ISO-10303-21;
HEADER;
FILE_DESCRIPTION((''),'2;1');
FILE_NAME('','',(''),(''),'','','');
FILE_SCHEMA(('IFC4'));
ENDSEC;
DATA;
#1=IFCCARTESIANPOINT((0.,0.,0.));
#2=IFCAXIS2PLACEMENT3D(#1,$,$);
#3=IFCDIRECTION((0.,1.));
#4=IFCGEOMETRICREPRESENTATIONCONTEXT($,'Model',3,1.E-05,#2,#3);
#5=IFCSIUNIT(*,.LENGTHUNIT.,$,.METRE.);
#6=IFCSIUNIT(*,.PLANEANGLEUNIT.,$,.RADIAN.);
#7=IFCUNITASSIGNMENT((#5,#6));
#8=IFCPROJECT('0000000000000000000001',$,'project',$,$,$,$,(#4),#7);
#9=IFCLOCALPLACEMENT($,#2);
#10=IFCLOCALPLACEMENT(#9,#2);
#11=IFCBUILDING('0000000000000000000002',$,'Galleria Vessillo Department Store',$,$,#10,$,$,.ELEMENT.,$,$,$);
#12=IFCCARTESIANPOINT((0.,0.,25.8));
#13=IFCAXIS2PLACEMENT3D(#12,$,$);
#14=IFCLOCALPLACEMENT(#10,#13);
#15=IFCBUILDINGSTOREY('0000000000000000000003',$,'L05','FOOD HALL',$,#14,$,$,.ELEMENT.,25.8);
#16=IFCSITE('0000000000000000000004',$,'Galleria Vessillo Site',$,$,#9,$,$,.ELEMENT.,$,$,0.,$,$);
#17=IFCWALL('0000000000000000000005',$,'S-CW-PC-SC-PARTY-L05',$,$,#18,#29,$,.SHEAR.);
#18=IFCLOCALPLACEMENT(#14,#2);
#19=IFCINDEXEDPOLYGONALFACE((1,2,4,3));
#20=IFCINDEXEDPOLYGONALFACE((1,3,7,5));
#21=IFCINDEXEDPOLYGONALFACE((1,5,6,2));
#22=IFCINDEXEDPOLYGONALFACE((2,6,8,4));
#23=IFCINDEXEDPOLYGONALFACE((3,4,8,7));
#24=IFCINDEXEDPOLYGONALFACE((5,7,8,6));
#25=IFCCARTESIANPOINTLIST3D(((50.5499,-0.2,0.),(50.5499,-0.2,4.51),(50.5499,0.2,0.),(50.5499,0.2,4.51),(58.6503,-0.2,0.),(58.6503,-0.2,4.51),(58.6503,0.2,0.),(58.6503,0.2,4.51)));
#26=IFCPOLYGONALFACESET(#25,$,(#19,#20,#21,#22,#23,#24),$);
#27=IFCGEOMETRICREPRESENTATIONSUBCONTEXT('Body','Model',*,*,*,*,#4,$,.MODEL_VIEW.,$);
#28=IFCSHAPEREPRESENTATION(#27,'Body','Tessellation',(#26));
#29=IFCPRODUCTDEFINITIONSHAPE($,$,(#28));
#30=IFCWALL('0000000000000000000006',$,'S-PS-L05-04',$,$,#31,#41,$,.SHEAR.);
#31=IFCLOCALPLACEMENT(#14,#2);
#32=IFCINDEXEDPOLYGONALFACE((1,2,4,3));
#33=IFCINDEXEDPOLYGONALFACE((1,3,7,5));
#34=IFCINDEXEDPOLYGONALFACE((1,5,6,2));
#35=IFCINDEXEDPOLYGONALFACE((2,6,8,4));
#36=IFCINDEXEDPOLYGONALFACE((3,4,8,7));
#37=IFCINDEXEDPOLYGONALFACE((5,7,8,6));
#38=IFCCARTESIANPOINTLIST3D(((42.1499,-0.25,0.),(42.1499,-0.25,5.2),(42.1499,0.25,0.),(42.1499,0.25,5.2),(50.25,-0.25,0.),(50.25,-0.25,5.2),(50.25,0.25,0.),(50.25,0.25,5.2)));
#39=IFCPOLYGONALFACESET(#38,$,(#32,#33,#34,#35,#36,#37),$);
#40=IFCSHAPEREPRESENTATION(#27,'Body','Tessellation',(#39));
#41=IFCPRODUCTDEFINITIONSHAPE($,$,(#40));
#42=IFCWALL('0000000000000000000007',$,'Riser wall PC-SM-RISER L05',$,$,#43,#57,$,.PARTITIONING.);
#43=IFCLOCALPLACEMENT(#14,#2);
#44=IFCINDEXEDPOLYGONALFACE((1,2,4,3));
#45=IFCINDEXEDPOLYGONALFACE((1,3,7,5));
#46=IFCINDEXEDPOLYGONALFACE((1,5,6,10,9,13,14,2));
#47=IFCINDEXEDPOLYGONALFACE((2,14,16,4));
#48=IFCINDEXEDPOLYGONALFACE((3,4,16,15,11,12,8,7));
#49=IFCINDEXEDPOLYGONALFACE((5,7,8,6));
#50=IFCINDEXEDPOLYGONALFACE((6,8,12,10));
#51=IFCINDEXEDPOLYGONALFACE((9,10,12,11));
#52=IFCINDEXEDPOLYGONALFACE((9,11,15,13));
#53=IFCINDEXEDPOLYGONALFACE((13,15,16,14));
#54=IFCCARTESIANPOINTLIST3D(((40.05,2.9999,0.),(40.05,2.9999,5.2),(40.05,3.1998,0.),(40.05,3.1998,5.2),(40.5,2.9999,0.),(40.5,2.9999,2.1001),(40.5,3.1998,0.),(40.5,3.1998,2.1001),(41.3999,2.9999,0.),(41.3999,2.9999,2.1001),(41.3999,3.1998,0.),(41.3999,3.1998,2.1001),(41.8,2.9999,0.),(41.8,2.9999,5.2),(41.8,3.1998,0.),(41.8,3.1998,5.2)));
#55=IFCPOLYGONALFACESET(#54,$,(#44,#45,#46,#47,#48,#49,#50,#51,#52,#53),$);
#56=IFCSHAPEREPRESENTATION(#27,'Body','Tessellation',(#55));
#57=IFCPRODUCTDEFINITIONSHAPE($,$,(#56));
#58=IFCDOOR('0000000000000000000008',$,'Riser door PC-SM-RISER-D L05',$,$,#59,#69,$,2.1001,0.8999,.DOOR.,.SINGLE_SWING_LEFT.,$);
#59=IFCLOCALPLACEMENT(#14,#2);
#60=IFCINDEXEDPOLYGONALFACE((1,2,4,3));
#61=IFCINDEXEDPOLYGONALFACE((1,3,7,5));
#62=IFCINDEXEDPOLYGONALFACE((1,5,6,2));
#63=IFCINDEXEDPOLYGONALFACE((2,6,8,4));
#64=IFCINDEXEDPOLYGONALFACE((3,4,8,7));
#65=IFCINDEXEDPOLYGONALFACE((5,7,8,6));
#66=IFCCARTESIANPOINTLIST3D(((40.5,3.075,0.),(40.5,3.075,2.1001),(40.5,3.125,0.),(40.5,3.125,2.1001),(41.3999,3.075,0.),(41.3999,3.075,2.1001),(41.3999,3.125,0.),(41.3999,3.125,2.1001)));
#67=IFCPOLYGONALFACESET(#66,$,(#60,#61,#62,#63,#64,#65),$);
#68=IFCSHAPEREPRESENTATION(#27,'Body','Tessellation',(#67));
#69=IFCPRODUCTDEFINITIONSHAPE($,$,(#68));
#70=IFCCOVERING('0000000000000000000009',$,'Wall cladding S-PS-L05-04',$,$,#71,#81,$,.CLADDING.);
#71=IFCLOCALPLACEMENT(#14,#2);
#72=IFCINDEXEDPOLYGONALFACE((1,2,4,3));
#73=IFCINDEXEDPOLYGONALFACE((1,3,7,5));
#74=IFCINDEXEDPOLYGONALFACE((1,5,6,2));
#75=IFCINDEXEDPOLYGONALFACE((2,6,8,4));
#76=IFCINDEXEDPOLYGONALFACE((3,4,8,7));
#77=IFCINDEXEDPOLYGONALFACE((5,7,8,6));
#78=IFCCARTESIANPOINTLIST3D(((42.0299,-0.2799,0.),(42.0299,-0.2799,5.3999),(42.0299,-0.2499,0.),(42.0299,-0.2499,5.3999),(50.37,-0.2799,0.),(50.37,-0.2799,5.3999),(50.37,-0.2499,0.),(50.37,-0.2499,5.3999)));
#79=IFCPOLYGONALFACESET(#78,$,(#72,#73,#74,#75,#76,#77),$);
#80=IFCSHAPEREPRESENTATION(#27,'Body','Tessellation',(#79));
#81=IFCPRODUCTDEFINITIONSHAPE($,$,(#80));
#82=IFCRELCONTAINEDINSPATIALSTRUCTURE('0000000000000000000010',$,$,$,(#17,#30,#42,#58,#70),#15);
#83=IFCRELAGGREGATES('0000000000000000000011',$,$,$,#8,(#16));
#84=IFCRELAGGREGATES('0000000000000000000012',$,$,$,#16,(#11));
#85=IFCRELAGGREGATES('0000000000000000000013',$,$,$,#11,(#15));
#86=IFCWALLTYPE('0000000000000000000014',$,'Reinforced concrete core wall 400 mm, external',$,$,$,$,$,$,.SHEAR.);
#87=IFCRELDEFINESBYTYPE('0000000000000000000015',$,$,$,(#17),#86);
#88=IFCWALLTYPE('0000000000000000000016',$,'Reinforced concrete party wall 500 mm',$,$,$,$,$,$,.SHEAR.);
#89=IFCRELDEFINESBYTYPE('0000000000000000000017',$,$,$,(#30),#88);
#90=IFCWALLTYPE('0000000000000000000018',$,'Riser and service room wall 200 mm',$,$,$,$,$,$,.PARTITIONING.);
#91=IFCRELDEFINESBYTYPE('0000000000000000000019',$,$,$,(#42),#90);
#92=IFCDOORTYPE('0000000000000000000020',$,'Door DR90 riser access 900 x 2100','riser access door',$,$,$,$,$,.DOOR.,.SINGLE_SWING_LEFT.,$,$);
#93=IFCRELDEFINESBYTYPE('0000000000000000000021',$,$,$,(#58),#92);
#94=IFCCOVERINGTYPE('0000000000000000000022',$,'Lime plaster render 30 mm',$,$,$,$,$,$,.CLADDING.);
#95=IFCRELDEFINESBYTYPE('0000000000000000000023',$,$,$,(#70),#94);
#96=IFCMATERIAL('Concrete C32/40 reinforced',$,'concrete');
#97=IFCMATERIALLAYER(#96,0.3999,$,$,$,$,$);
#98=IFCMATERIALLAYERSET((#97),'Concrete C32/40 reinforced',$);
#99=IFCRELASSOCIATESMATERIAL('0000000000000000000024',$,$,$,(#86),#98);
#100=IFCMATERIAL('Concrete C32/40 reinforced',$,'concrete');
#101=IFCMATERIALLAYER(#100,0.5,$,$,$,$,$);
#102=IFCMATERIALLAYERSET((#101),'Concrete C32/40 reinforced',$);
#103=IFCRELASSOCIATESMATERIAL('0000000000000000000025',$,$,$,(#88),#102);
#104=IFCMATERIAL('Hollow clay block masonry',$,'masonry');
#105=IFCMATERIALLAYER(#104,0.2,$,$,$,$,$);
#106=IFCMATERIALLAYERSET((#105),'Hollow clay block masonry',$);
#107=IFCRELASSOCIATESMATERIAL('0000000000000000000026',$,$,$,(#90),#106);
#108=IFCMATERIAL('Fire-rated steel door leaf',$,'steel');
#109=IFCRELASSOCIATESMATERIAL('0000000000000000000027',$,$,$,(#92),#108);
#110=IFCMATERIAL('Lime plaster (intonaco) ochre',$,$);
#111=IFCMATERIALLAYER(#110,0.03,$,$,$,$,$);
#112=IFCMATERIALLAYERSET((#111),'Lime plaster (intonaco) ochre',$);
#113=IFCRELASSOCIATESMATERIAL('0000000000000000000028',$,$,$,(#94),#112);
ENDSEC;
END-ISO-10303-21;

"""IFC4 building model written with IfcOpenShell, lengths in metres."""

from ifc_helpers import new_model, si_unit, direction, frame, frame_2d, origin, origin_2d, place, context, subcontext, project, spatial, rectangle, extrude, material, layer, layer_set, type_object, element, fill, save


model = new_model("IFC4")

# Units and contexts
model_context = context("Model", 3, precision=1e-05, world=origin(), true_north=direction((0.0, 1.0)))
body_context = subcontext(model_context, "Body", "Model", "MODEL_VIEW")
ifc_project = project(units=[si_unit("LENGTHUNIT", "METRE"), si_unit("PLANEANGLEUNIT", "RADIAN")], contexts=[model_context])

# Site, building, storey
site_placement = place(None, origin())
site = spatial("IfcSite", under=ifc_project, at=site_placement, Name="Galleria Vessillo Site", CompositionType="ELEMENT", RefElevation=0.0)
building_placement = place(site_placement, origin())
building = spatial("IfcBuilding", under=site, at=building_placement, Name="Galleria Vessillo Department Store", CompositionType="ELEMENT")
storey_placement = place(building_placement, frame((0.0, 0.0, 25.8)))
storey = spatial("IfcBuildingStorey", under=building, at=storey_placement, Name="L05", Description="FOOD HALL", CompositionType="ELEMENT", Elevation=25.8)

# Walls
ifc_material_1 = material(Name="Concrete C32/40 reinforced", Category="concrete")
ifc_layer_1 = layer(ifc_material_1, 0.3999)
ifc_layer_set_1 = layer_set([ifc_layer_1], Name="Concrete C32/40 reinforced")
wall_type_1 = type_object("IfcWallType", Name="Reinforced concrete core wall 400 mm, external", PredefinedType="SHEAR", material=ifc_layer_set_1)
wall_1_placement = place(storey_placement, frame((50.5498, 0.0, 0.0), z_axis=(0.0, 0.0, 1.0), x_axis=(1.0, 0.0, 0.0)))
element("IfcWall", 1, at=wall_1_placement, inside=storey, type_object=wall_type_1, Name="S-CW-PC-SC-PARTY-L05", PredefinedType="SHEAR", context=body_context, shape_type="SweptSolid", body=[
    extrude(rectangle(XDim=8.1003, YDim=0.3999, at=frame_2d((4.0503, 0.0))), origin(), (0.0, 0.0, 1.0), 4.51),
])
ifc_material_2 = material(Name="Concrete C32/40 reinforced", Category="concrete")
ifc_layer_2 = layer(ifc_material_2, 0.5)
ifc_layer_set_2 = layer_set([ifc_layer_2], Name="Concrete C32/40 reinforced")
wall_type_2 = type_object("IfcWallType", Name="Reinforced concrete party wall 500 mm", PredefinedType="SHEAR", material=ifc_layer_set_2)
wall_2_placement = place(storey_placement, frame((42.1499, 0.0, 0.0), z_axis=(0.0, 0.0, 1.0), x_axis=(1.0, 0.0, 0.0)))
element("IfcWall", 2, at=wall_2_placement, inside=storey, type_object=wall_type_2, Name="S-PS-L05-04", PredefinedType="SHEAR", context=body_context, shape_type="SweptSolid", body=[
    extrude(rectangle(XDim=8.1001, YDim=0.5, at=frame_2d((4.05, 0.0))), origin(), (0.0, 0.0, 1.0), 5.2),
])

# Wall, opening, door
ifc_material_3 = material(Name="Hollow clay block masonry", Category="masonry")
ifc_layer_3 = layer(ifc_material_3, 0.2)
ifc_layer_set_3 = layer_set([ifc_layer_3], Name="Hollow clay block masonry")
wall_type_3 = type_object("IfcWallType", Name="Riser and service room wall 200 mm", PredefinedType="PARTITIONING", material=ifc_layer_set_3)
wall_3_placement = place(storey_placement, frame((40.05, 3.0999, 0.0), z_axis=(0.0, 0.0, 1.0), x_axis=(1.0, 0.0, 0.0)))
wall_3 = element("IfcWall", 3, at=wall_3_placement, inside=storey, type_object=wall_type_3, Name="Riser wall PC-SM-RISER L05", PredefinedType="PARTITIONING", context=body_context, shape_type="SweptSolid", body=[
    extrude(rectangle(XDim=1.75, YDim=0.2, at=frame_2d((0.875, 0.0))), origin(), (0.0, 0.0, 1.0), 5.2),
])
opening_1_placement = place(wall_3_placement, frame((0.45, 0.0, 0.0)))
opening_1 = element("IfcOpeningElement", 4, at=opening_1_placement, cuts=wall_3, PredefinedType="OPENING", context=body_context, shape_type="SweptSolid", body=[
    extrude(rectangle(XDim=0.8999, YDim=2.1001, at=frame_2d((0.45, 1.05))), frame((0.0, 0.1099, 0.0), z_axis=(0.0, -1.0, 0.0), x_axis=(1.0, 0.0, 0.0)), (0.0, 0.0, 1.0), 0.22),
])
ifc_material_4 = material(Name="Fire-rated steel door leaf", Category="steel")
door_type_1 = type_object("IfcDoorType", Name="Door DR90 riser access 900 x 2100", Description="riser access door", OperationType="SINGLE_SWING_LEFT", PredefinedType="DOOR", material=ifc_material_4)
door_1_placement = place(opening_1_placement, frame((0.8999, 0.0, 0.0), z_axis=(0.0, 0.0, 1.0), x_axis=(-1.0, 0.0, 0.0)))
door_1 = element("IfcDoor", 5, at=door_1_placement, inside=storey, type_object=door_type_1, Name="Riser door PC-SM-RISER-D L05", OperationType="SINGLE_SWING_LEFT", OverallHeight=2.1001, OverallWidth=0.8999, PredefinedType="DOOR", context=body_context, shape_type="SweptSolid", body=[
    extrude(rectangle(XDim=0.8999, YDim=2.1001, at=frame_2d((0.45, 1.05))), frame((0.0, 0.0249, 0.0), z_axis=(0.0, -1.0, 0.0), x_axis=(1.0, 0.0, 0.0)), (0.0, 0.0, 1.0), 0.05),
])
fill(opening_1, door_1)

# Covering
ifc_material_5 = material(Name="Lime plaster (intonaco) ochre")
ifc_layer_4 = layer(ifc_material_5, 0.03)
ifc_layer_set_4 = layer_set([ifc_layer_4], Name="Lime plaster (intonaco) ochre")
covering_type = type_object("IfcCoveringType", Name="Lime plaster render 30 mm", PredefinedType="CLADDING", material=ifc_layer_set_4)
covering_placement = place(storey_placement, frame((46.2, -0.2649, 0.0), z_axis=(0.0, 0.0, 1.0), x_axis=(1.0, 0.0, 0.0)))
element("IfcCovering", 6, at=covering_placement, inside=storey, type_object=covering_type, Name="Wall cladding S-PS-L05-04", PredefinedType="CLADDING", context=body_context, shape_type="SweptSolid", body=[
    extrude(rectangle(XDim=8.3401, YDim=0.03, at=origin_2d()), origin(), (0.0, 0.0, 1.0), 5.3999),
])

save(model, "model.ifc")
